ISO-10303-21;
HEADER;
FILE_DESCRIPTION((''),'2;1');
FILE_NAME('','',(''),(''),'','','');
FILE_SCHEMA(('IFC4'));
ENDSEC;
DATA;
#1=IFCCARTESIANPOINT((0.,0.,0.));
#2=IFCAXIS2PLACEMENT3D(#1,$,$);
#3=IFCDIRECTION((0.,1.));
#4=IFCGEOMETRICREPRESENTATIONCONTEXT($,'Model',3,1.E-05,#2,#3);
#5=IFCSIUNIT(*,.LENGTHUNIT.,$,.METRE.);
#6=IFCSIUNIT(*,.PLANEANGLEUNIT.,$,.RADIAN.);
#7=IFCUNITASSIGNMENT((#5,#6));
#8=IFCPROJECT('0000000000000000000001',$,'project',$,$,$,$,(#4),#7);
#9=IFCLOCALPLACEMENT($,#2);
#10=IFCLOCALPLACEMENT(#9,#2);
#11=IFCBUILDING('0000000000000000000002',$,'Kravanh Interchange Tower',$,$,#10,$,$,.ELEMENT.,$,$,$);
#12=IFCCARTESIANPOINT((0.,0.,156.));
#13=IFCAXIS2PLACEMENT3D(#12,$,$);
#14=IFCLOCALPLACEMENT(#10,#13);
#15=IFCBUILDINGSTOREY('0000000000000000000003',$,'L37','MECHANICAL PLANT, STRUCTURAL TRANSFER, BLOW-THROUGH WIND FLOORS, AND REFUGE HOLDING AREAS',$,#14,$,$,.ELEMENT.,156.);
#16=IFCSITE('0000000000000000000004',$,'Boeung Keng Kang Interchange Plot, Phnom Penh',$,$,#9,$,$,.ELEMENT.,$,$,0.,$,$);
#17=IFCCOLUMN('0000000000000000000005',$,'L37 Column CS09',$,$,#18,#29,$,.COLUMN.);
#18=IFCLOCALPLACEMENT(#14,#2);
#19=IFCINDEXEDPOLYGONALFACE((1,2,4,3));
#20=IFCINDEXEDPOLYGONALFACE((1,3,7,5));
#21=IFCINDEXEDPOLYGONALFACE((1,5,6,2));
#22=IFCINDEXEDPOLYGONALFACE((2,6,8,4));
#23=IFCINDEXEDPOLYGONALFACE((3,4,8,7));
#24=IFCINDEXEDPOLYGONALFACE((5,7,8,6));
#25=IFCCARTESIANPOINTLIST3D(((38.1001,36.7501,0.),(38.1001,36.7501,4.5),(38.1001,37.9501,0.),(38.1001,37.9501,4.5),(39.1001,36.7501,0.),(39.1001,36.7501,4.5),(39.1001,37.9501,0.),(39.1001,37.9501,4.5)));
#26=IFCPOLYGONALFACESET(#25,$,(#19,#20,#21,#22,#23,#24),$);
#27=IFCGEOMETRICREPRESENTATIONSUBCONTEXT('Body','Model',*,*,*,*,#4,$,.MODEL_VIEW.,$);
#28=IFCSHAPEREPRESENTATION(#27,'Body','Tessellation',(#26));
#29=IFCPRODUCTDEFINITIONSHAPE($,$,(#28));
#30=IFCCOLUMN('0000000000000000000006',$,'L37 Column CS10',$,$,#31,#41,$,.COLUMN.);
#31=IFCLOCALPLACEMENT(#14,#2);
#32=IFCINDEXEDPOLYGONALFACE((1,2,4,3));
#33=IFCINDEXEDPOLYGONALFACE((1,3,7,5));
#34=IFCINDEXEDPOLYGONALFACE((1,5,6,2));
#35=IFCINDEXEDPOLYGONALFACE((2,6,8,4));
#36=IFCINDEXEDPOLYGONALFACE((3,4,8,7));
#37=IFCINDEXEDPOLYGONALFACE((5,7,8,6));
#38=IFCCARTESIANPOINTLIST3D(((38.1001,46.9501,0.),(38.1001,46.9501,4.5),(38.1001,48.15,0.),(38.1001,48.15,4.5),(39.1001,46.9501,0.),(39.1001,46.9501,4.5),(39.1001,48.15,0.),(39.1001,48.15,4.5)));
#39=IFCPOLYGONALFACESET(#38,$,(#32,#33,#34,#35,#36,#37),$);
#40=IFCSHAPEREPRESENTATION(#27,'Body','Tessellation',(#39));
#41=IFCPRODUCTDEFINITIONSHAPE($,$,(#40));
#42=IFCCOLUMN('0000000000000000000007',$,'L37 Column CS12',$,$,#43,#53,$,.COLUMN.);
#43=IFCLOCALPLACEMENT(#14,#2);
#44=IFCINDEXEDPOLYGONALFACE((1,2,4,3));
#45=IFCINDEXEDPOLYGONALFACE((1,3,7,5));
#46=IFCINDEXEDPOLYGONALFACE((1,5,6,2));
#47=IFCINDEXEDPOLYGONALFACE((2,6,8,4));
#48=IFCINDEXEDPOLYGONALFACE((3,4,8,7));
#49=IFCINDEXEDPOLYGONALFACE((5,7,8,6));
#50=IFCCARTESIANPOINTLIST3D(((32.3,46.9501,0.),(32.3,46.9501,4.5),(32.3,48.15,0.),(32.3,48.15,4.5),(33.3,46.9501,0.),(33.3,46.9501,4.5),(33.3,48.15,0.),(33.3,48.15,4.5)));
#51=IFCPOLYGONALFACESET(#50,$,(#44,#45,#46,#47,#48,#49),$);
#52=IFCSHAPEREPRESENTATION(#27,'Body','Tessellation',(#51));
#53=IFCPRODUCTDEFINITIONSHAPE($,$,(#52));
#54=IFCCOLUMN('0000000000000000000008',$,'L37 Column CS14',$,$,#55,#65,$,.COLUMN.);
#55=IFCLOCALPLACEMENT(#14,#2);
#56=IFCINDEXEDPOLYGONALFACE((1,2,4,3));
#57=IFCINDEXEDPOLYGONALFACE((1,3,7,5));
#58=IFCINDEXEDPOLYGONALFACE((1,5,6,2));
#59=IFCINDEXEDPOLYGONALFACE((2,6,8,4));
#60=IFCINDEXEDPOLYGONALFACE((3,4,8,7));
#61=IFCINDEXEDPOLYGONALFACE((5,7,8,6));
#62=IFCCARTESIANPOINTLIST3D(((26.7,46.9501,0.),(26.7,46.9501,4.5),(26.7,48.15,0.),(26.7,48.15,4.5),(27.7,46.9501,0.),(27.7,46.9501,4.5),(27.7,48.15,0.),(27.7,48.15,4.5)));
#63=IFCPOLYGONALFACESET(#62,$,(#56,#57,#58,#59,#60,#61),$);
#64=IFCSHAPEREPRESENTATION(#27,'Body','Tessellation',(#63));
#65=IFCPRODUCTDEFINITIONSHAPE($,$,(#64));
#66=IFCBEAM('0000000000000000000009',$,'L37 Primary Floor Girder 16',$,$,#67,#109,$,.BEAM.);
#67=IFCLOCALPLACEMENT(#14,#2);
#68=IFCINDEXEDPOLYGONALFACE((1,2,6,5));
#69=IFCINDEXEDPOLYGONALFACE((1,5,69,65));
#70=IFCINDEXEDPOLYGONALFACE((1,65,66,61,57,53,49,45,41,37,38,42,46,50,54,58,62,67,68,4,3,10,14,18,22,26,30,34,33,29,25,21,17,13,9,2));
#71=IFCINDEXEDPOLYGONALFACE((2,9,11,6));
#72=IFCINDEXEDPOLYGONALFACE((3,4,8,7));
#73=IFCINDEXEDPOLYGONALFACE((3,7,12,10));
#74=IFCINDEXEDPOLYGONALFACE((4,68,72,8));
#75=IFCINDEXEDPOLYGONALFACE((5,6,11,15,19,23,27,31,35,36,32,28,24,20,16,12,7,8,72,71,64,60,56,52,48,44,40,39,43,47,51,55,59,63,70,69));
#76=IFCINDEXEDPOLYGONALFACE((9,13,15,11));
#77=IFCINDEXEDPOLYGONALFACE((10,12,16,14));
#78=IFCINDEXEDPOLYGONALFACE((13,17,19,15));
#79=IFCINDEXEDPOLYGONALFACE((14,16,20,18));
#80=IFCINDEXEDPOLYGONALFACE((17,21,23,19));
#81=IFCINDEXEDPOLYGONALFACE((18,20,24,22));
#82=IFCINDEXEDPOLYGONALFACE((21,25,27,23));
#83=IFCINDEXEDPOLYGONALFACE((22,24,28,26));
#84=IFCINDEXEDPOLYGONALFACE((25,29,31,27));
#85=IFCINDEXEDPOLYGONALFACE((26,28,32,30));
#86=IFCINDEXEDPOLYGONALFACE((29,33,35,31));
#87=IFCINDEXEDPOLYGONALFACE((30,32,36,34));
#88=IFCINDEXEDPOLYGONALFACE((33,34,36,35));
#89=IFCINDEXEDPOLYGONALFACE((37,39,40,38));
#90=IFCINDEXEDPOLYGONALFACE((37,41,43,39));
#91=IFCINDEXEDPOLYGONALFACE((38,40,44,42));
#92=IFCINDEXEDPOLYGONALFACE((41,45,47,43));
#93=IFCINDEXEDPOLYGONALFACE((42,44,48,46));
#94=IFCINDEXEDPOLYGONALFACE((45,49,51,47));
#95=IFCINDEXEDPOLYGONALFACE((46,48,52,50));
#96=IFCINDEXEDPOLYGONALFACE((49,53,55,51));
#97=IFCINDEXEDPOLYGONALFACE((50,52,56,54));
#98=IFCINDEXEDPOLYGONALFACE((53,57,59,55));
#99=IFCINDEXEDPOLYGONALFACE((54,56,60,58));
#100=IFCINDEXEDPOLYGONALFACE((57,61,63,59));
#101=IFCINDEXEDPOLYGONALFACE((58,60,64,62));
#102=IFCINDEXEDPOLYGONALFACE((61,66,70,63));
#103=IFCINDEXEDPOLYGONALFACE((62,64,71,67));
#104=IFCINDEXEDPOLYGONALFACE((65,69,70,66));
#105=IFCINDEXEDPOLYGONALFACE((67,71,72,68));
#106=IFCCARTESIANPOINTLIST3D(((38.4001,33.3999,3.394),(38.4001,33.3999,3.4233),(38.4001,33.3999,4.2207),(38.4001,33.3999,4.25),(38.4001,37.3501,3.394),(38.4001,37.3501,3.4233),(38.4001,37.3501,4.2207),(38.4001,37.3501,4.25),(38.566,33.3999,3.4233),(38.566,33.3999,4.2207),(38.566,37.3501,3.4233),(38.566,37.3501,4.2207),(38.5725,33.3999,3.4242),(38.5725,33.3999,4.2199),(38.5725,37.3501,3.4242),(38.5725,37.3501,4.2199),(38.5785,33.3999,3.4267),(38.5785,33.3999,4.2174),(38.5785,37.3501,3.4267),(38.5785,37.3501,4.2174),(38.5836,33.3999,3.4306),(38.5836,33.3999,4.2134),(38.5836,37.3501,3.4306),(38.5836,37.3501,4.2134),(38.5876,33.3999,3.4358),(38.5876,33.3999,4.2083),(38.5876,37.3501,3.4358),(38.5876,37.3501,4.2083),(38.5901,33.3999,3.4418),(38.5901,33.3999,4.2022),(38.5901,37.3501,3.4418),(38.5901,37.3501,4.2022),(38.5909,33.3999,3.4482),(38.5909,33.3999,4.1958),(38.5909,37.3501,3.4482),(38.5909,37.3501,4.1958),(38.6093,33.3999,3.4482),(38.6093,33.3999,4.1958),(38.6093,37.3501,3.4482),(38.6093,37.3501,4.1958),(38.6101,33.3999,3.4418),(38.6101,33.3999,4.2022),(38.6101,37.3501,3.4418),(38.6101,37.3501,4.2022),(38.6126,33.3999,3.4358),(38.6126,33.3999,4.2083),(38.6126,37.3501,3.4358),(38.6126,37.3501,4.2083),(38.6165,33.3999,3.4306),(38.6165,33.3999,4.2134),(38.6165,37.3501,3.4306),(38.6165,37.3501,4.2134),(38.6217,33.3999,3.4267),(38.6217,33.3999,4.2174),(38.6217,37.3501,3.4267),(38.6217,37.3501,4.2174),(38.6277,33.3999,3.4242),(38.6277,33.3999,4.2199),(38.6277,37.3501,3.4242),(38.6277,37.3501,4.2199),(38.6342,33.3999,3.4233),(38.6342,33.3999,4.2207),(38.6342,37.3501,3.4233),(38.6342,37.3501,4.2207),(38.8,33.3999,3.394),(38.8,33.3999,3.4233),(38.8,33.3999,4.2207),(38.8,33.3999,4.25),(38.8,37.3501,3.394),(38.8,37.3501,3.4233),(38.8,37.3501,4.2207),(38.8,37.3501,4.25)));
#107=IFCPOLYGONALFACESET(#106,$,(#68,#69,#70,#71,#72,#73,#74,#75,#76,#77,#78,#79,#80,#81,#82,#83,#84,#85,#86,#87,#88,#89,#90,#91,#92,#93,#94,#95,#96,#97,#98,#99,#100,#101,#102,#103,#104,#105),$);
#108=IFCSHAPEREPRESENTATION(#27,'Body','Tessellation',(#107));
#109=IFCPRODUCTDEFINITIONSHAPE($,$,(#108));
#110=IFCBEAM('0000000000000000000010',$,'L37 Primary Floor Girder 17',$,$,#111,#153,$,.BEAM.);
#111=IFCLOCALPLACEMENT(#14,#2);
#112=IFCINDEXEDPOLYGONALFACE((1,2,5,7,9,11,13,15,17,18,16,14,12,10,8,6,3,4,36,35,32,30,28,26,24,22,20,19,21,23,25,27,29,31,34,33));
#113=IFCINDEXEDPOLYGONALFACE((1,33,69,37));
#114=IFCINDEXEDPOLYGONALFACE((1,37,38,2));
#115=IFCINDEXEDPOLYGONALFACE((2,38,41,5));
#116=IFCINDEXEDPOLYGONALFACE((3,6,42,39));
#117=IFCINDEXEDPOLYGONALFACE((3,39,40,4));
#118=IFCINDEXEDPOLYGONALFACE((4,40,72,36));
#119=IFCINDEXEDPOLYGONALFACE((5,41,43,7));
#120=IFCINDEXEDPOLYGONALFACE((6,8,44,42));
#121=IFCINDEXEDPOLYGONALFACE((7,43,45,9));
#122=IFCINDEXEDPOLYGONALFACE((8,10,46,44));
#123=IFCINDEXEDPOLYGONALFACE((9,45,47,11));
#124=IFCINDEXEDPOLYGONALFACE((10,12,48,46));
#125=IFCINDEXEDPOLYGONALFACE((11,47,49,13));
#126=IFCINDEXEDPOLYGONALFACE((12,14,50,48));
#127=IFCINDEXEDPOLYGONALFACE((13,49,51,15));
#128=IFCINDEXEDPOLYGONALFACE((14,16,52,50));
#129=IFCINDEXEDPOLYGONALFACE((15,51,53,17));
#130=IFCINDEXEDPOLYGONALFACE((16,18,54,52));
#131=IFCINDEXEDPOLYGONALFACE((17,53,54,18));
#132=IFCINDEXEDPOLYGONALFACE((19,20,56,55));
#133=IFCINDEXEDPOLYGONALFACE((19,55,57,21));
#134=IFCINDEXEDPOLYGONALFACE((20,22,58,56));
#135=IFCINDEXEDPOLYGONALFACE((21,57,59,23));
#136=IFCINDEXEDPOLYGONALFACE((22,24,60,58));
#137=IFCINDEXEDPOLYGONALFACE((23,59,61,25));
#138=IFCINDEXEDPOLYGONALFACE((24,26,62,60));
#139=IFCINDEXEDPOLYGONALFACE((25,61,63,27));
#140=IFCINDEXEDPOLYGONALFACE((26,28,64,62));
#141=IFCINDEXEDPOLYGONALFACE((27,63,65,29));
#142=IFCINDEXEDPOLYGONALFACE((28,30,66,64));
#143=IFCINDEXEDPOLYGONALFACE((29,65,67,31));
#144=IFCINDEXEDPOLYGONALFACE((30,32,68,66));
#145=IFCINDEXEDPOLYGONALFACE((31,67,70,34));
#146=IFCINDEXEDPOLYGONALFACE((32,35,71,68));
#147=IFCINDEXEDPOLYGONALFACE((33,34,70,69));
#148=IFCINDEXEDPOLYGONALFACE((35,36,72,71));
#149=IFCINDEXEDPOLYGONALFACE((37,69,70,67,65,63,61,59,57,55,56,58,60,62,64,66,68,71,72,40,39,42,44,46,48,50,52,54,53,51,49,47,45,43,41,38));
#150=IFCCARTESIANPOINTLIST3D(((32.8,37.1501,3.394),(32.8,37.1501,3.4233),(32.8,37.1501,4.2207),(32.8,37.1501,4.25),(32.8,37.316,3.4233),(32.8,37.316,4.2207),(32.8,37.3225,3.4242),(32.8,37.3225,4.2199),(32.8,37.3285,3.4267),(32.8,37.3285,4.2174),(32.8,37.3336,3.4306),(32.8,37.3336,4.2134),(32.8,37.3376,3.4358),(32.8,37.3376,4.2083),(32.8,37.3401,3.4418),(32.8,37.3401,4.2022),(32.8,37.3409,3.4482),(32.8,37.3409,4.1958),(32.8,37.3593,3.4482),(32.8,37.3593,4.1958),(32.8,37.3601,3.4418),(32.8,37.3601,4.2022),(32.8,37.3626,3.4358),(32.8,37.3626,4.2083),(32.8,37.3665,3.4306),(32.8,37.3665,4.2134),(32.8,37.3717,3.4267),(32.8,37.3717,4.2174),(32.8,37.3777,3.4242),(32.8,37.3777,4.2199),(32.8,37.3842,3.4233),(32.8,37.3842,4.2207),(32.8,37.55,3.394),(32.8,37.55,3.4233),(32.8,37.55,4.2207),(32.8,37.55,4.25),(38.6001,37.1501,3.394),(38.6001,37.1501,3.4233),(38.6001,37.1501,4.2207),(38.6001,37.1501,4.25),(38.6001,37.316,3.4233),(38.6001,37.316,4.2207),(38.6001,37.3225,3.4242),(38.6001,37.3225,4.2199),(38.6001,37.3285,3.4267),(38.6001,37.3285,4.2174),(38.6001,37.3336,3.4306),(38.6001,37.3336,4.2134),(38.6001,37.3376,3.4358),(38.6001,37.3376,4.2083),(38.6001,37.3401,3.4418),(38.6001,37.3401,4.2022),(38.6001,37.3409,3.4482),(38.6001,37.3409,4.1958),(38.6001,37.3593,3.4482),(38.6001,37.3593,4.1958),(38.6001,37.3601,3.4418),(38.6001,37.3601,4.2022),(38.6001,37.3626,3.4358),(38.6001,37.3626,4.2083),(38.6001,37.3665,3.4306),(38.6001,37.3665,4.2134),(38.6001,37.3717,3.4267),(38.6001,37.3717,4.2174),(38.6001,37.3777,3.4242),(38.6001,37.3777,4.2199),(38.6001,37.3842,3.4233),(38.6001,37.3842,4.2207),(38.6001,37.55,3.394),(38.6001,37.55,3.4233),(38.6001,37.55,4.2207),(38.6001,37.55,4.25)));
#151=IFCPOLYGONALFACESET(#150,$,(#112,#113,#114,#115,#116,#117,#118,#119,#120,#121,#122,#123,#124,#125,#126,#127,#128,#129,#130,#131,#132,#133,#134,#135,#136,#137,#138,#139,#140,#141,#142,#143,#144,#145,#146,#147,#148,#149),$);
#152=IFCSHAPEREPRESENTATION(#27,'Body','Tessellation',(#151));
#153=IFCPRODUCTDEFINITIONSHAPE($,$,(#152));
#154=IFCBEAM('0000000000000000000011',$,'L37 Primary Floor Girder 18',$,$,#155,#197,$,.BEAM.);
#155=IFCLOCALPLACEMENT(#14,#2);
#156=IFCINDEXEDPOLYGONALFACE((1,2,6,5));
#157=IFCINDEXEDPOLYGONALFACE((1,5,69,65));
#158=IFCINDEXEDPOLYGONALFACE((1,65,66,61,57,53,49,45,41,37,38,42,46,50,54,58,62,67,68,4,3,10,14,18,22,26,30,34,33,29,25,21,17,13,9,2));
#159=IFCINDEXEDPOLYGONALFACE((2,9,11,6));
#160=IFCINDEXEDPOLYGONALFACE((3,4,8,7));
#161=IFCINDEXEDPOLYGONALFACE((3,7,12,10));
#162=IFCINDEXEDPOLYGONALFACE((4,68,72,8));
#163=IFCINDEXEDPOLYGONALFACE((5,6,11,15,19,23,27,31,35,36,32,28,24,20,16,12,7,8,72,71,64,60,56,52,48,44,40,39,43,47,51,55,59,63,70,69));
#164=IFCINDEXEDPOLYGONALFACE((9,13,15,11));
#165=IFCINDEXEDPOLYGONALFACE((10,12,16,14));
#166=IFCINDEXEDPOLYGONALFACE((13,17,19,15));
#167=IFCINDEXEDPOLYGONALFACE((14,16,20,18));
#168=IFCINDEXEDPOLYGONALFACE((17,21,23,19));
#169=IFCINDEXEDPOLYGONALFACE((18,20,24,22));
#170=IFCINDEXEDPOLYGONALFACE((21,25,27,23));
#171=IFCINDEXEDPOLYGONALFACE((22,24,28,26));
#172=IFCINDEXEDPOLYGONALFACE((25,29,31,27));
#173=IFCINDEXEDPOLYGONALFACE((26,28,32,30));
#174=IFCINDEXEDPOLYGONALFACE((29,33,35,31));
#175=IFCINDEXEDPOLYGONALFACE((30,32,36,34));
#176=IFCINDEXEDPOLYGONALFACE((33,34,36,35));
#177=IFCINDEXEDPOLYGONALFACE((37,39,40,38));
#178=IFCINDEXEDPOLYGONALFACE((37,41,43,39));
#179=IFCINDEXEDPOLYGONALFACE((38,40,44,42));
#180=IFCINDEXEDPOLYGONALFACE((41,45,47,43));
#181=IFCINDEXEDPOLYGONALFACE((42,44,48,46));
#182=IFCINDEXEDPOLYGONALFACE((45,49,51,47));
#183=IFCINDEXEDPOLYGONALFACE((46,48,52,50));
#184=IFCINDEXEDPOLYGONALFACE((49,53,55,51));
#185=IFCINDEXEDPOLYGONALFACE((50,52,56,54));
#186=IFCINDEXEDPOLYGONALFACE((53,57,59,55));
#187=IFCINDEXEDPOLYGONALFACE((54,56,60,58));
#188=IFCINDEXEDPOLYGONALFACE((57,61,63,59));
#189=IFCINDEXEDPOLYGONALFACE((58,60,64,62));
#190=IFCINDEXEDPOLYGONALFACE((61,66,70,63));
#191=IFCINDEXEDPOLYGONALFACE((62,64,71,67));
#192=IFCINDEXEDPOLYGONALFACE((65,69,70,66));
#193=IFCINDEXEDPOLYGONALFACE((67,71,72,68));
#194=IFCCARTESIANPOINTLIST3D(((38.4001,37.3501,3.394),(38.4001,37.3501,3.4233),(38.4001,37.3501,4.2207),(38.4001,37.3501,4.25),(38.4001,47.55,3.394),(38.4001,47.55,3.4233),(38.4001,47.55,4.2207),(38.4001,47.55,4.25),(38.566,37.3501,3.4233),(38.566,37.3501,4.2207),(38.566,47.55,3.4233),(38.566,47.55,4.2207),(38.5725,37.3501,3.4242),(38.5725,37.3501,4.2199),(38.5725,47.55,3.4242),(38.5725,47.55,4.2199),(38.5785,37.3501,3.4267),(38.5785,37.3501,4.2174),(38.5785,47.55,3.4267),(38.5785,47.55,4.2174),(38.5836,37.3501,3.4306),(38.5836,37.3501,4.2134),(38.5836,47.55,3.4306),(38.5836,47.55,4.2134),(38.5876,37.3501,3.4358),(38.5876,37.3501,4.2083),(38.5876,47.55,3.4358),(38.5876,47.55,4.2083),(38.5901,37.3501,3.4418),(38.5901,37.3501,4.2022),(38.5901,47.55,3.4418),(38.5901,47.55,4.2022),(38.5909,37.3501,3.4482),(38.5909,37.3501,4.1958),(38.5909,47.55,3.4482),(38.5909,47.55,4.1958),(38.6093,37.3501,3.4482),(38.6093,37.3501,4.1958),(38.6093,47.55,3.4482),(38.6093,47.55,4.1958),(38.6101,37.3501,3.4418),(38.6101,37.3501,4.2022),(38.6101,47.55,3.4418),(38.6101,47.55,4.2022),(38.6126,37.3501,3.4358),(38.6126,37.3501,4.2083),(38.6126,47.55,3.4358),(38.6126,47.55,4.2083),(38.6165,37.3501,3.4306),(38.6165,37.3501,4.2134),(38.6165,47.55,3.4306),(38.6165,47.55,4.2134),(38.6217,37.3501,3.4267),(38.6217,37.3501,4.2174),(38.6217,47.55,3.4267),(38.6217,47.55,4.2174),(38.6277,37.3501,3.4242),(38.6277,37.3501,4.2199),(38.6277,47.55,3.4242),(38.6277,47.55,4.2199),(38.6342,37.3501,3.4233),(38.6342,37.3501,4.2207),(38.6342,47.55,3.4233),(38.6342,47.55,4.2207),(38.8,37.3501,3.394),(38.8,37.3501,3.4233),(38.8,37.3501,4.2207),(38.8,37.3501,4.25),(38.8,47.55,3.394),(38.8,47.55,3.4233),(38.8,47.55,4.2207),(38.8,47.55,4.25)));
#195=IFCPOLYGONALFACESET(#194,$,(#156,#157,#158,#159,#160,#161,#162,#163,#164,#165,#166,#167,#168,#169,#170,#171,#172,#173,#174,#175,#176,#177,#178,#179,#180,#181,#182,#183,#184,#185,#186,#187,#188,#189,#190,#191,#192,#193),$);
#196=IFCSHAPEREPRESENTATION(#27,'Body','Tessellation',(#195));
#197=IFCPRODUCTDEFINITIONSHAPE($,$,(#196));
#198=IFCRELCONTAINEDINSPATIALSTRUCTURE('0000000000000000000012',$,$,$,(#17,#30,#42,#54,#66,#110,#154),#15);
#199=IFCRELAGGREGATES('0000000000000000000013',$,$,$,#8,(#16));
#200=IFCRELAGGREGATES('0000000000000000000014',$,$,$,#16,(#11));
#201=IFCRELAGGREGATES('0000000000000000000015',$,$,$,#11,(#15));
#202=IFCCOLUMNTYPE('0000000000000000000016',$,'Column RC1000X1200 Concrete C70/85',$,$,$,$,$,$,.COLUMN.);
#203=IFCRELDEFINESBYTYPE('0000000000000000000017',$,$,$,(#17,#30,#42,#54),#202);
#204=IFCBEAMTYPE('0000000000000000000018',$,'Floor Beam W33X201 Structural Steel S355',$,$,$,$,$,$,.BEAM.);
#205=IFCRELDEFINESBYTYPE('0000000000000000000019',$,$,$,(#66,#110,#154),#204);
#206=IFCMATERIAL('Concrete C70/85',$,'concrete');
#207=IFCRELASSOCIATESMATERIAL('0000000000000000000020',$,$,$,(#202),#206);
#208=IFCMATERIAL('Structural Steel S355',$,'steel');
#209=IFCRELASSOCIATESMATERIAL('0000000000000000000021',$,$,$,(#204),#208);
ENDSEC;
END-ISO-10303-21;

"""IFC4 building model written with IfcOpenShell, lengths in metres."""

from ifc_helpers import new_model, si_unit, direction, frame, origin, origin_2d, place, context, subcontext, project, spatial, rectangle, i_section, extrude, material, material_profile, profile_set, type_object, element, save


model = new_model("IFC4")

# Units and contexts
model_context = context("Model", 3, precision=1e-05, world=origin(), true_north=direction((0.0, 1.0)))
body_context = subcontext(model_context, "Body", "Model", "MODEL_VIEW")
ifc_project = project(units=[si_unit("LENGTHUNIT", "METRE"), si_unit("PLANEANGLEUNIT", "RADIAN")], contexts=[model_context])

# Site, building, storey
site_placement = place(None, origin())
site = spatial("IfcSite", under=ifc_project, at=site_placement, Name="Boeung Keng Kang Interchange Plot, Phnom Penh", CompositionType="ELEMENT", RefElevation=0.0)
building_placement = place(site_placement, origin())
building = spatial("IfcBuilding", under=site, at=building_placement, Name="Kravanh Interchange Tower", CompositionType="ELEMENT")
storey_placement = place(building_placement, frame((0.0, 0.0, 156.0)))
storey = spatial("IfcBuildingStorey", under=building, at=storey_placement, Name="L37", Description="MECHANICAL PLANT, STRUCTURAL TRANSFER, BLOW-THROUGH WIND FLOORS, AND REFUGE HOLDING AREAS", CompositionType="ELEMENT", Elevation=156.0)

# Columns
ifc_material_1 = material(Name="Concrete C70/85", Category="concrete")
ifc_material_profile_1 = material_profile(ifc_material_1, rectangle(XDim=1.0, YDim=1.2, at=origin_2d()), Name="RC1000X1200")
ifc_profile_set_1 = profile_set([ifc_material_profile_1], Name="Concrete C70/85")
column_type = type_object("IfcColumnType", Name="Column RC1000X1200 Concrete C70/85", PredefinedType="COLUMN", material=ifc_profile_set_1)
for number, where, z_axis, x_axis, name in (
    (1, (38.6001, 37.3501, 0.0), (0.0, 0.0, 1.0), (1.0, 0.0, 0.0), "L37 Column CS09"),
    (2, (38.6001, 47.55, 0.0), (0.0, 0.0, 1.0), (1.0, 0.0, 0.0), "L37 Column CS10"),
    (3, (32.8, 47.55, 0.0), (0.0, 0.0, 1.0), (1.0, 0.0, 0.0), "L37 Column CS12"),
    (4, (27.2, 47.55, 0.0), (0.0, 0.0, 1.0), (1.0, 0.0, 0.0), "L37 Column CS14"),
):
    element("IfcColumn", number, at=place(storey_placement, frame(where, z_axis=z_axis, x_axis=x_axis)), inside=storey, type_object=column_type, Name=name, PredefinedType="COLUMN", context=body_context, shape_type="SweptSolid", body=[
        extrude(rectangle(XDim=1.0, YDim=1.2, at=origin_2d()), origin(), (0.0, 0.0, 1.0), 4.5),
    ])

# Beams
ifc_material_2 = material(Name="Structural Steel S355", Category="steel")
ifc_material_profile_2 = material_profile(ifc_material_2, i_section(OverallWidth=0.3999, OverallDepth=0.856, WebThickness=0.0183, FlangeThickness=0.0293, FilletRadius=0.0249, at=origin_2d()), Name="W33X201")
ifc_profile_set_2 = profile_set([ifc_material_profile_2], Name="Structural Steel S355")
beam_type = type_object("IfcBeamType", Name="Floor Beam W33X201 Structural Steel S355", PredefinedType="BEAM", material=ifc_profile_set_2)
beam_1_placement = place(storey_placement, frame((38.6001, 37.3501, 3.822), z_axis=(0.0, -1.0, 0.0), x_axis=(1.0, 0.0, 0.0)))
element("IfcBeam", 5, at=beam_1_placement, inside=storey, type_object=beam_type, Name="L37 Primary Floor Girder 16", PredefinedType="BEAM", context=body_context, shape_type="SweptSolid", body=[
    extrude(i_section(OverallWidth=0.3999, OverallDepth=0.856, WebThickness=0.0183, FlangeThickness=0.0293, FilletRadius=0.0249, at=origin_2d()), origin(), (0.0, 0.0, 1.0), 3.9502),
])
beam_2_placement = place(storey_placement, frame((38.6001, 37.3501, 3.822), z_axis=(-1.0, 0.0, 0.0), x_axis=(0.0, -1.0, 0.0)))
element("IfcBeam", 6, at=beam_2_placement, inside=storey, type_object=beam_type, Name="L37 Primary Floor Girder 17", PredefinedType="BEAM", context=body_context, shape_type="SweptSolid", body=[
    extrude(i_section(OverallWidth=0.3999, OverallDepth=0.856, WebThickness=0.0183, FlangeThickness=0.0293, FilletRadius=0.0249, at=origin_2d()), origin(), (0.0, 0.0, 1.0), 5.8),
])
beam_3_placement = place(storey_placement, frame((38.6001, 37.3501, 3.822), z_axis=(0.0, 1.0, 0.0), x_axis=(-1.0, 0.0, 0.0)))
element("IfcBeam", 7, at=beam_3_placement, inside=storey, type_object=beam_type, Name="L37 Primary Floor Girder 18", PredefinedType="BEAM", context=body_context, shape_type="SweptSolid", body=[
    extrude(i_section(OverallWidth=0.3999, OverallDepth=0.856, WebThickness=0.0183, FlangeThickness=0.0293, FilletRadius=0.0249, at=origin_2d()), origin(), (0.0, 0.0, 1.0), 10.2),
])

save(model, "model.ifc")
